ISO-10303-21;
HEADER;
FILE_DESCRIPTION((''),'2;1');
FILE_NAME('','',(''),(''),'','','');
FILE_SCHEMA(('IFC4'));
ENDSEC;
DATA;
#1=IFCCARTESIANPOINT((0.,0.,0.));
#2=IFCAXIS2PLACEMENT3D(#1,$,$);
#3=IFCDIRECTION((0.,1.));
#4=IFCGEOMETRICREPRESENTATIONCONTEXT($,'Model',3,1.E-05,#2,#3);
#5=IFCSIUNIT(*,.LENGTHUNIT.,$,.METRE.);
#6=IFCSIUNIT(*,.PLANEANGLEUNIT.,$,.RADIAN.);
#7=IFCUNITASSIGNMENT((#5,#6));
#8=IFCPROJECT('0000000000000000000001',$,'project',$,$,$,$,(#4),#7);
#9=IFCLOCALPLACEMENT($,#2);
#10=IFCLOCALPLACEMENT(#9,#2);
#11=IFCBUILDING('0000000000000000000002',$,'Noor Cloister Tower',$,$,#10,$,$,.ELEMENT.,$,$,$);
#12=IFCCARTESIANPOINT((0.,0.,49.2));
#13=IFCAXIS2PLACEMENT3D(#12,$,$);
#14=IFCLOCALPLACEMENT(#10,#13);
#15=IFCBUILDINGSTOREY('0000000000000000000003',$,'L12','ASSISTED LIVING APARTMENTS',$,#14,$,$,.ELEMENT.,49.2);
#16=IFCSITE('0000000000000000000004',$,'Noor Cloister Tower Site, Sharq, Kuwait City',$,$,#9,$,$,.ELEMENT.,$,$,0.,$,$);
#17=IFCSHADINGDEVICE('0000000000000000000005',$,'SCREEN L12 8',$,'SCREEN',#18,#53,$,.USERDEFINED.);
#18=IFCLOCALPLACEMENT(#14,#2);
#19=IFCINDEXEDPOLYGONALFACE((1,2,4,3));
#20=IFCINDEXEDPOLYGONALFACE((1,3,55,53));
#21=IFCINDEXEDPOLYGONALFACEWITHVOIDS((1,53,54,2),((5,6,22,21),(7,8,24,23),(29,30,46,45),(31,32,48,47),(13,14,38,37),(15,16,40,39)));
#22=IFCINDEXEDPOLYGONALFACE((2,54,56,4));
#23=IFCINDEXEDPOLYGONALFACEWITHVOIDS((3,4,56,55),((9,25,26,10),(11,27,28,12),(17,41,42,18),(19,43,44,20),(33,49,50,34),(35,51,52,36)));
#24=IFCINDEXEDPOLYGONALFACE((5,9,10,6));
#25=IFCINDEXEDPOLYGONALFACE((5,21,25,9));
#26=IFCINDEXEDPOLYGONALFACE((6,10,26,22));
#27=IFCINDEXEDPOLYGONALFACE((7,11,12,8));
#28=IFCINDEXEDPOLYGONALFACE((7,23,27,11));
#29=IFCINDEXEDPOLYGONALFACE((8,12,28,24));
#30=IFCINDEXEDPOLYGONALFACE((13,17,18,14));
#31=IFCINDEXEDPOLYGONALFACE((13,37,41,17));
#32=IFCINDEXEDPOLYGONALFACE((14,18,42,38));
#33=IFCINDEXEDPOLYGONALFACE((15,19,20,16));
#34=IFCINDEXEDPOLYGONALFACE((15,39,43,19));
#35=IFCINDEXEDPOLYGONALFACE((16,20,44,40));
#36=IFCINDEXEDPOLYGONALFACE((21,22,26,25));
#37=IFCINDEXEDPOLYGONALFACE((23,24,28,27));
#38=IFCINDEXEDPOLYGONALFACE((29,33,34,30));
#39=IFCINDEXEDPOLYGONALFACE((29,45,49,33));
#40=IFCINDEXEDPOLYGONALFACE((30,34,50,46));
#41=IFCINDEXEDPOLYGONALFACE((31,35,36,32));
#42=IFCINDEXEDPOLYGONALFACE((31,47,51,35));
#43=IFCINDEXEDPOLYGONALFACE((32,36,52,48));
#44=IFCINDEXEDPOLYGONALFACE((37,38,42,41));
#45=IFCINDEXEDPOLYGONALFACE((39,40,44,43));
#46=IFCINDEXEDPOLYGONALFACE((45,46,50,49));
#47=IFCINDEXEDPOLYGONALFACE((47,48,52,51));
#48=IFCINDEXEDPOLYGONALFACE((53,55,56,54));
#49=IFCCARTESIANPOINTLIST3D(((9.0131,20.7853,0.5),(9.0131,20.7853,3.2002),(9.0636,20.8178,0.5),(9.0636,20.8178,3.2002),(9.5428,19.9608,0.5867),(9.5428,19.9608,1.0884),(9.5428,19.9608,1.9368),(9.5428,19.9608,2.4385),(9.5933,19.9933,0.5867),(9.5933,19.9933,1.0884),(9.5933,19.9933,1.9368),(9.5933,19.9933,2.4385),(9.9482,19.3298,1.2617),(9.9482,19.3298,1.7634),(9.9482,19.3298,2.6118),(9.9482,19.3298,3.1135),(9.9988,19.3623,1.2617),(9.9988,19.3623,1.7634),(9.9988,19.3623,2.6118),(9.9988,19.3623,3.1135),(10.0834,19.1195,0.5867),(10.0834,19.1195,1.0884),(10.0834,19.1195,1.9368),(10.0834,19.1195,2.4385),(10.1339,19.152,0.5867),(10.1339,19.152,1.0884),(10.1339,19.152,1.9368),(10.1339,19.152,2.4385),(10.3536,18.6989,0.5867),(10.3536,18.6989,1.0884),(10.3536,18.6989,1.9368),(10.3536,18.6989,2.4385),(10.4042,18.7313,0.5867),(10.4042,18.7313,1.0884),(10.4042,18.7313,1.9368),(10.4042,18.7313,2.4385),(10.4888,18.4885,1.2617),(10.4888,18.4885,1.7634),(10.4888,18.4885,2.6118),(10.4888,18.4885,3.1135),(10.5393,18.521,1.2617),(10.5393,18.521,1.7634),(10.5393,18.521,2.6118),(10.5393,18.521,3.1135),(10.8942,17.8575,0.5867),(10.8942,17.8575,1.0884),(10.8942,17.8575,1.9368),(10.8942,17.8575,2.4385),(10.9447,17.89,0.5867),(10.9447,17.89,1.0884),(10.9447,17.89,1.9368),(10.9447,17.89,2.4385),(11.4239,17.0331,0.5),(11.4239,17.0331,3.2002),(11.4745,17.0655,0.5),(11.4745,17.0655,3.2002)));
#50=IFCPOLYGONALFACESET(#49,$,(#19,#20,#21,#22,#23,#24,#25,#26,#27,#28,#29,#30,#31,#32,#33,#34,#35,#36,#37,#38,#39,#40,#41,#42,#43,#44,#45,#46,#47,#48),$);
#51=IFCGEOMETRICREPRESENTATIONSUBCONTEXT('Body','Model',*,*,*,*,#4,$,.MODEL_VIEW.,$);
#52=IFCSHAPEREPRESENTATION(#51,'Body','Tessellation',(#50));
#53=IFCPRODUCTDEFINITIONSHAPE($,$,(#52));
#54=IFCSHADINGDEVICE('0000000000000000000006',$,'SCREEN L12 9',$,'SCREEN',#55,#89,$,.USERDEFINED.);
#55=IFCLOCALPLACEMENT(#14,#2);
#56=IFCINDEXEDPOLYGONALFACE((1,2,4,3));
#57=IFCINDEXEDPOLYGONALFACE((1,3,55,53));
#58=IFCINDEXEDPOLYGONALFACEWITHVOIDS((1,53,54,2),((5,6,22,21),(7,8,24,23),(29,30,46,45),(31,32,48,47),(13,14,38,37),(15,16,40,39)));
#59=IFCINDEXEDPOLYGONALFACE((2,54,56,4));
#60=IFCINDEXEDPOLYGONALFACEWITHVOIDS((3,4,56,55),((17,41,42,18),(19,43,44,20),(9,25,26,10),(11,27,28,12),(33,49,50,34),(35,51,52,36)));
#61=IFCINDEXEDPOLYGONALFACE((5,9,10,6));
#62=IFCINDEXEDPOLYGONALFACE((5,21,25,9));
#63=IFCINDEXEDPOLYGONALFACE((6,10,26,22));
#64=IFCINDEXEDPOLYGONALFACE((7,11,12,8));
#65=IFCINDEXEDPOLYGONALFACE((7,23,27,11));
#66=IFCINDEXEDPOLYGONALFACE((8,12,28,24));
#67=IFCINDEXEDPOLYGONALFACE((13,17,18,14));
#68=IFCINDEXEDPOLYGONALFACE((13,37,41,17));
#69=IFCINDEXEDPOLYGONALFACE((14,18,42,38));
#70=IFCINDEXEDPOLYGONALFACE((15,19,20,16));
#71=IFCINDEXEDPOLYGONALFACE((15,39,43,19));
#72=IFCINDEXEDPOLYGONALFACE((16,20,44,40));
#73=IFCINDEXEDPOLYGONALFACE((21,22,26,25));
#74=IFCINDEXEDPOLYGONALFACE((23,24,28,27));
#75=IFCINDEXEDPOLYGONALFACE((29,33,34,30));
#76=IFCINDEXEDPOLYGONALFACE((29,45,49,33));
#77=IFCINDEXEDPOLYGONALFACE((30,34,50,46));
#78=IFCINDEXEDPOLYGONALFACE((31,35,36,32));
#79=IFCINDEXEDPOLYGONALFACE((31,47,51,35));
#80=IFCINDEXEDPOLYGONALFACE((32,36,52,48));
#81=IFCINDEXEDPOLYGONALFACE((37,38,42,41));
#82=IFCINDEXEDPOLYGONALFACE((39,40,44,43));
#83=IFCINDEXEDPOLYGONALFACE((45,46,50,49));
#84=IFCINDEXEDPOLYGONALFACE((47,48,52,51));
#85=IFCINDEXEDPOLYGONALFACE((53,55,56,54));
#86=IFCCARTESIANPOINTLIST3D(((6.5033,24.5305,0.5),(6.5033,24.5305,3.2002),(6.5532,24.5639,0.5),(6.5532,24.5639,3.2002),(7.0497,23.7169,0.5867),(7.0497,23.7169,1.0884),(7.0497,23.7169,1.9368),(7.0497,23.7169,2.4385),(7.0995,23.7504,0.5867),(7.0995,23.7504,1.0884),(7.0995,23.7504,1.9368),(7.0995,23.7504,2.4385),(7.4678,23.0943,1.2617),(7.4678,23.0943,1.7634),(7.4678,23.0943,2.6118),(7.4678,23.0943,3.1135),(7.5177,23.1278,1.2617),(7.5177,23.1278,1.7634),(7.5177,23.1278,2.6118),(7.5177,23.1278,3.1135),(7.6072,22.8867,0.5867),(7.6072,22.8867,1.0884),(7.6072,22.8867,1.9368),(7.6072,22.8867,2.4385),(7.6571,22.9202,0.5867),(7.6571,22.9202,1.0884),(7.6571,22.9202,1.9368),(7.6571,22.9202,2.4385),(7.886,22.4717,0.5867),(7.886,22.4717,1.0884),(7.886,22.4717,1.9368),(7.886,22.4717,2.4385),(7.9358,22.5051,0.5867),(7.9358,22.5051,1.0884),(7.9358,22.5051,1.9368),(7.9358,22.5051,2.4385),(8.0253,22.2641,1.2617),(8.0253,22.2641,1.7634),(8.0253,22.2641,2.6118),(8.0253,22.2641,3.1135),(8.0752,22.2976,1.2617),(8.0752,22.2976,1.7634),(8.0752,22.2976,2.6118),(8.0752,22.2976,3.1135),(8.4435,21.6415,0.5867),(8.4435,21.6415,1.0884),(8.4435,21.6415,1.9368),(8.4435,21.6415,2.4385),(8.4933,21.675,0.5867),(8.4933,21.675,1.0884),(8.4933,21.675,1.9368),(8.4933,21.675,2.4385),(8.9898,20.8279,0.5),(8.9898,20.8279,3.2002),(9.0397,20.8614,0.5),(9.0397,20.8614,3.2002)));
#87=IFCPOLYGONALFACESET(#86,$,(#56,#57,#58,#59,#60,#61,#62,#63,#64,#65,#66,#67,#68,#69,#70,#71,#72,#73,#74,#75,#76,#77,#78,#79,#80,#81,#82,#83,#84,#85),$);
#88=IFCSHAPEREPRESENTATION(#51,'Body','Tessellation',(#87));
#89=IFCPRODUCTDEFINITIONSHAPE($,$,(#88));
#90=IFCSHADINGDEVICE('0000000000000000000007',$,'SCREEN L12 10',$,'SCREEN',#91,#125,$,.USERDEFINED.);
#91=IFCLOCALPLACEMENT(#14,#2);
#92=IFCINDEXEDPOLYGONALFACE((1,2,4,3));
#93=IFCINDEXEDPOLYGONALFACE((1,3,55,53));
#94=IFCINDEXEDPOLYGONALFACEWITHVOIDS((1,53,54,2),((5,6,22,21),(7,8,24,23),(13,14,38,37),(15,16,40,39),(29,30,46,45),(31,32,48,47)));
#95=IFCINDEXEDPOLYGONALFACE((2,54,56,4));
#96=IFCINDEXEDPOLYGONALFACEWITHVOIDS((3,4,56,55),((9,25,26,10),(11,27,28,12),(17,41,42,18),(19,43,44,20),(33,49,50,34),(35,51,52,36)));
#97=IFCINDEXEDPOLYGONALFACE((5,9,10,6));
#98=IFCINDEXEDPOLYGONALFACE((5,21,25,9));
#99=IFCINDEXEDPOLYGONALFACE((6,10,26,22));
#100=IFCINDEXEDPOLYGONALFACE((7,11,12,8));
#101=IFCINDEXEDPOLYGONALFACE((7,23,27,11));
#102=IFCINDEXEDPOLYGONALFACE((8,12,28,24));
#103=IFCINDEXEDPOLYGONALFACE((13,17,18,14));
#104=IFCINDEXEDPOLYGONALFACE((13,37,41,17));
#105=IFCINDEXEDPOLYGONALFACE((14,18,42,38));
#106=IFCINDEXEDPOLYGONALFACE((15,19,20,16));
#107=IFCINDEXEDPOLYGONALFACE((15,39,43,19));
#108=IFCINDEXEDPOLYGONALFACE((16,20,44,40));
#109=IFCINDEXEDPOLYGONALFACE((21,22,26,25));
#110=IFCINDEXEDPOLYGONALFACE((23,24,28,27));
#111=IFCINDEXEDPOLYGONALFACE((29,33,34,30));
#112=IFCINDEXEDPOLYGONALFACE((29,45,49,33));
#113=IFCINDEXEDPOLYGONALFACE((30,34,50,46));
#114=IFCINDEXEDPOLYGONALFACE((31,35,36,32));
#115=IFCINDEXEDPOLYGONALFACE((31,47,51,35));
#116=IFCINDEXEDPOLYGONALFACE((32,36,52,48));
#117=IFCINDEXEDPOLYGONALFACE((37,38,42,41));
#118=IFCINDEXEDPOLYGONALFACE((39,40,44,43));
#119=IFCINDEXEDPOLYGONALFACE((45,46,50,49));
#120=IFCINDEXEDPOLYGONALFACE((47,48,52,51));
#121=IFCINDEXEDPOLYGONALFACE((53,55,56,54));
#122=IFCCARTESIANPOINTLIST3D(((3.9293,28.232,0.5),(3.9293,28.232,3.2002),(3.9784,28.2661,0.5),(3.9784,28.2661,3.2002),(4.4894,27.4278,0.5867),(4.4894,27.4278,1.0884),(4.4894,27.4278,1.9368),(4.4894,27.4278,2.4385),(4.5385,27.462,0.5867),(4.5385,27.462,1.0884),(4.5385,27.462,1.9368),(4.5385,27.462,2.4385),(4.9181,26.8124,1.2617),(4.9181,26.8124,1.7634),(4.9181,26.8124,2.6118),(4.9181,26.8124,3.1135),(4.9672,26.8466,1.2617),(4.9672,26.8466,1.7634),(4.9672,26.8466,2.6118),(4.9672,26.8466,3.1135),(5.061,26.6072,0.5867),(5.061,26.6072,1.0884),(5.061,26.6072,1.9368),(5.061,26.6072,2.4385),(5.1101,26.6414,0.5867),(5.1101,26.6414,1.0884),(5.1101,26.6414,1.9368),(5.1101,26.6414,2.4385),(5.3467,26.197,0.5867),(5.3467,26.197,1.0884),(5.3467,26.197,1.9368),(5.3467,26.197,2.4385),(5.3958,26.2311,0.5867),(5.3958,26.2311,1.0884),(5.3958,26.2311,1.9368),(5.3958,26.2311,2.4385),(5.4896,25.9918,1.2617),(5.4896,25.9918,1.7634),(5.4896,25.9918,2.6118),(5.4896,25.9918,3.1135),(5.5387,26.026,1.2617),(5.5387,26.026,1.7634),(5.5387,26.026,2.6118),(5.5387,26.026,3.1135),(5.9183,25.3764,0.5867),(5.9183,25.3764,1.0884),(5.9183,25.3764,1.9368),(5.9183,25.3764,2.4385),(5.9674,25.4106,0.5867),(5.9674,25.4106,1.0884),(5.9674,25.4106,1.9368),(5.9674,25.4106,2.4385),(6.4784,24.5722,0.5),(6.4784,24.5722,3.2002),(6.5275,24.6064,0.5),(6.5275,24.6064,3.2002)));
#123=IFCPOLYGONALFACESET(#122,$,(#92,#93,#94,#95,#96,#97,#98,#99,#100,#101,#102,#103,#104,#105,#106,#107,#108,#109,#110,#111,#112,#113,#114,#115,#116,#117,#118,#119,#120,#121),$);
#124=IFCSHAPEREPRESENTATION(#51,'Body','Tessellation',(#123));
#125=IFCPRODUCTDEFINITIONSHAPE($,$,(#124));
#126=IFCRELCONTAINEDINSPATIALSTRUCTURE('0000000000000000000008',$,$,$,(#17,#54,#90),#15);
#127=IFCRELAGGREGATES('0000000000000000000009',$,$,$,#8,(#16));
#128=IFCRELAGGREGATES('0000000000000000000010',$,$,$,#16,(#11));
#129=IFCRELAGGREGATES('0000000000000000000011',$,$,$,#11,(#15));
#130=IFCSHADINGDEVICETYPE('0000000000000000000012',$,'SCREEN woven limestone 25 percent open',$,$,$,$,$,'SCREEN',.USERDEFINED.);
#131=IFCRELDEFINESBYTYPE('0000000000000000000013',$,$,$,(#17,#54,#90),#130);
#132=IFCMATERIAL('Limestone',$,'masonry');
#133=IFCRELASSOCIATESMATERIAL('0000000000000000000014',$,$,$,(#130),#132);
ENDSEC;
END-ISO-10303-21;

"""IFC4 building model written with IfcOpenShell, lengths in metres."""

from ifc_helpers import new_model, si_unit, direction, frame, origin, place, context, subcontext, project, spatial, polyline, outline, extrude, material, material_profile, profile_set, type_object, element, save


model = new_model("IFC4")

# Units and contexts
model_context = context("Model", 3, precision=1e-05, world=origin(), true_north=direction((0.0, 1.0)))
body_context = subcontext(model_context, "Body", "Model", "MODEL_VIEW")
ifc_project = project(units=[si_unit("LENGTHUNIT", "METRE"), si_unit("PLANEANGLEUNIT", "RADIAN")], contexts=[model_context])

# Site, building, storey
site_placement = place(None, origin())
site = spatial("IfcSite", under=ifc_project, at=site_placement, Name="Noor Cloister Tower Site, Sharq, Kuwait City", CompositionType="ELEMENT", RefElevation=0.0)
building_placement = place(site_placement, origin())
building = spatial("IfcBuilding", under=site, at=building_placement, Name="Noor Cloister Tower", CompositionType="ELEMENT")
storey_placement = place(building_placement, frame((0.0, 0.0, 49.2)))
storey = spatial("IfcBuildingStorey", under=building, at=storey_placement, Name="L12", Description="ASSISTED LIVING APARTMENTS", CompositionType="ELEMENT", Elevation=49.2)

# Shading devices
ifc_material_1 = material(Name="Limestone", Category="masonry")
ifc_material_profile_1 = material_profile(ifc_material_1, outline(polyline([(-2.23, -1.3501), (2.23, -1.3501), (2.23, 1.3501), (-2.23, 1.3501), (-2.23, -1.3501)]), holes=[polyline([(-1.25, -1.2634), (-0.25, -1.2634), (-0.25, -0.7617), (-1.25, -0.7617), (-1.25, -1.2634)]), polyline([(0.25, -1.2634), (1.25, -1.2634), (1.25, -0.7617), (0.25, -0.7617), (0.25, -1.2634)]), polyline([(-0.5, -0.5884), (0.5, -0.5884), (0.5, -0.0867), (-0.5, -0.0867), (-0.5, -0.5884)]), polyline([(-1.25, 0.0867), (-0.25, 0.0867), (-0.25, 0.5884), (-1.25, 0.5884), (-1.25, 0.0867)]), polyline([(0.25, 0.0867), (1.25, 0.0867), (1.25, 0.5884), (0.25, 0.5884), (0.25, 0.0867)]), polyline([(-0.5, 0.7617), (0.5, 0.7617), (0.5, 1.2634), (-0.5, 1.2634), (-0.5, 0.7617)])]), Name="Woven screen 25 percent open")
ifc_profile_set_1 = profile_set([ifc_material_profile_1], Name="Limestone")
shading_device_type = type_object("IfcShadingDeviceType", Name="SCREEN woven limestone 25 percent open", ElementType="SCREEN", PredefinedType="USERDEFINED", material=ifc_profile_set_1)
for number, where, z_axis, x_axis, name in (
    (1, (10.2185, 18.9092, 1.8501), (0.841311, 0.540552, 0.0), (-0.540552, 0.841311, 0.0), "SCREEN L12 8"),
    (2, (7.7466, 22.6792, 1.8501), (0.830167, 0.557514, 0.0), (-0.557514, 0.830167, 0.0), "SCREEN L12 9"),
):
    element("IfcShadingDevice", number, at=place(storey_placement, frame(where, z_axis=z_axis, x_axis=x_axis)), inside=storey, type_object=shading_device_type, Name=name, ObjectType="SCREEN", PredefinedType="USERDEFINED", context=body_context, shape_type="SweptSolid", body=[
        extrude(outline(polyline([(-2.23, -1.3501), (2.23, -1.3501), (2.23, 1.3501), (-2.23, 1.3501), (-2.23, -1.3501)]), holes=[polyline([(-1.25, -1.2634), (-0.25, -1.2634), (-0.25, -0.7617), (-1.25, -0.7617), (-1.25, -1.2634)]), polyline([(0.25, -1.2634), (1.25, -1.2634), (1.25, -0.7617), (0.25, -0.7617), (0.25, -1.2634)]), polyline([(-0.5, -0.5884), (0.5, -0.5884), (0.5, -0.0867), (-0.5, -0.0867), (-0.5, -0.5884)]), polyline([(-1.25, 0.0867), (-0.25, 0.0867), (-0.25, 0.5884), (-1.25, 0.5884), (-1.25, 0.0867)]), polyline([(0.25, 0.0867), (1.25, 0.0867), (1.25, 0.5884), (0.25, 0.5884), (0.25, 0.0867)]), polyline([(-0.5, 0.7617), (0.5, 0.7617), (0.5, 1.2634), (-0.5, 1.2634), (-0.5, 0.7617)])]), origin(), (0.0, 0.0, 1.0), 0.0601),
    ])
shading_device_placement = place(storey_placement, frame((5.2039, 26.4021, 1.8501), z_axis=(0.820572, 0.571543, 0.0), x_axis=(-0.571543, 0.820572, 0.0)))
element("IfcShadingDevice", 3, at=shading_device_placement, inside=storey, type_object=shading_device_type, Name="SCREEN L12 10", ObjectType="SCREEN", PredefinedType="USERDEFINED", context=body_context, shape_type="SweptSolid", body=[
    extrude(outline(polyline([(-2.23, -1.3501), (2.23, -1.3501), (2.23, 1.3501), (-2.23, 1.3501), (-2.23, -1.3501)]), holes=[polyline([(-1.25, -1.2634), (-0.25, -1.2634), (-0.25, -0.7617), (-1.25, -0.7617), (-1.25, -1.2634)]), polyline([(0.25, -1.2634), (1.25, -1.2634), (1.25, -0.7617), (0.25, -0.7617), (0.25, -1.2634)]), polyline([(-0.5, -0.5884), (0.5, -0.5884), (0.5, -0.0867), (-0.5, -0.0867), (-0.5, -0.5884)]), polyline([(-1.25, 0.0867), (-0.25, 0.0867), (-0.25, 0.5884), (-1.25, 0.5884), (-1.25, 0.0867)]), polyline([(0.25, 0.0867), (1.25, 0.0867), (1.25, 0.5884), (0.25, 0.5884), (0.25, 0.0867)]), polyline([(-0.5, 0.7617), (0.5, 0.7617), (0.5, 1.2634), (-0.5, 1.2634), (-0.5, 0.7617)])]), origin(), (0.0, 0.0, 1.0), 0.0598),
])

save(model, "model.ifc")
